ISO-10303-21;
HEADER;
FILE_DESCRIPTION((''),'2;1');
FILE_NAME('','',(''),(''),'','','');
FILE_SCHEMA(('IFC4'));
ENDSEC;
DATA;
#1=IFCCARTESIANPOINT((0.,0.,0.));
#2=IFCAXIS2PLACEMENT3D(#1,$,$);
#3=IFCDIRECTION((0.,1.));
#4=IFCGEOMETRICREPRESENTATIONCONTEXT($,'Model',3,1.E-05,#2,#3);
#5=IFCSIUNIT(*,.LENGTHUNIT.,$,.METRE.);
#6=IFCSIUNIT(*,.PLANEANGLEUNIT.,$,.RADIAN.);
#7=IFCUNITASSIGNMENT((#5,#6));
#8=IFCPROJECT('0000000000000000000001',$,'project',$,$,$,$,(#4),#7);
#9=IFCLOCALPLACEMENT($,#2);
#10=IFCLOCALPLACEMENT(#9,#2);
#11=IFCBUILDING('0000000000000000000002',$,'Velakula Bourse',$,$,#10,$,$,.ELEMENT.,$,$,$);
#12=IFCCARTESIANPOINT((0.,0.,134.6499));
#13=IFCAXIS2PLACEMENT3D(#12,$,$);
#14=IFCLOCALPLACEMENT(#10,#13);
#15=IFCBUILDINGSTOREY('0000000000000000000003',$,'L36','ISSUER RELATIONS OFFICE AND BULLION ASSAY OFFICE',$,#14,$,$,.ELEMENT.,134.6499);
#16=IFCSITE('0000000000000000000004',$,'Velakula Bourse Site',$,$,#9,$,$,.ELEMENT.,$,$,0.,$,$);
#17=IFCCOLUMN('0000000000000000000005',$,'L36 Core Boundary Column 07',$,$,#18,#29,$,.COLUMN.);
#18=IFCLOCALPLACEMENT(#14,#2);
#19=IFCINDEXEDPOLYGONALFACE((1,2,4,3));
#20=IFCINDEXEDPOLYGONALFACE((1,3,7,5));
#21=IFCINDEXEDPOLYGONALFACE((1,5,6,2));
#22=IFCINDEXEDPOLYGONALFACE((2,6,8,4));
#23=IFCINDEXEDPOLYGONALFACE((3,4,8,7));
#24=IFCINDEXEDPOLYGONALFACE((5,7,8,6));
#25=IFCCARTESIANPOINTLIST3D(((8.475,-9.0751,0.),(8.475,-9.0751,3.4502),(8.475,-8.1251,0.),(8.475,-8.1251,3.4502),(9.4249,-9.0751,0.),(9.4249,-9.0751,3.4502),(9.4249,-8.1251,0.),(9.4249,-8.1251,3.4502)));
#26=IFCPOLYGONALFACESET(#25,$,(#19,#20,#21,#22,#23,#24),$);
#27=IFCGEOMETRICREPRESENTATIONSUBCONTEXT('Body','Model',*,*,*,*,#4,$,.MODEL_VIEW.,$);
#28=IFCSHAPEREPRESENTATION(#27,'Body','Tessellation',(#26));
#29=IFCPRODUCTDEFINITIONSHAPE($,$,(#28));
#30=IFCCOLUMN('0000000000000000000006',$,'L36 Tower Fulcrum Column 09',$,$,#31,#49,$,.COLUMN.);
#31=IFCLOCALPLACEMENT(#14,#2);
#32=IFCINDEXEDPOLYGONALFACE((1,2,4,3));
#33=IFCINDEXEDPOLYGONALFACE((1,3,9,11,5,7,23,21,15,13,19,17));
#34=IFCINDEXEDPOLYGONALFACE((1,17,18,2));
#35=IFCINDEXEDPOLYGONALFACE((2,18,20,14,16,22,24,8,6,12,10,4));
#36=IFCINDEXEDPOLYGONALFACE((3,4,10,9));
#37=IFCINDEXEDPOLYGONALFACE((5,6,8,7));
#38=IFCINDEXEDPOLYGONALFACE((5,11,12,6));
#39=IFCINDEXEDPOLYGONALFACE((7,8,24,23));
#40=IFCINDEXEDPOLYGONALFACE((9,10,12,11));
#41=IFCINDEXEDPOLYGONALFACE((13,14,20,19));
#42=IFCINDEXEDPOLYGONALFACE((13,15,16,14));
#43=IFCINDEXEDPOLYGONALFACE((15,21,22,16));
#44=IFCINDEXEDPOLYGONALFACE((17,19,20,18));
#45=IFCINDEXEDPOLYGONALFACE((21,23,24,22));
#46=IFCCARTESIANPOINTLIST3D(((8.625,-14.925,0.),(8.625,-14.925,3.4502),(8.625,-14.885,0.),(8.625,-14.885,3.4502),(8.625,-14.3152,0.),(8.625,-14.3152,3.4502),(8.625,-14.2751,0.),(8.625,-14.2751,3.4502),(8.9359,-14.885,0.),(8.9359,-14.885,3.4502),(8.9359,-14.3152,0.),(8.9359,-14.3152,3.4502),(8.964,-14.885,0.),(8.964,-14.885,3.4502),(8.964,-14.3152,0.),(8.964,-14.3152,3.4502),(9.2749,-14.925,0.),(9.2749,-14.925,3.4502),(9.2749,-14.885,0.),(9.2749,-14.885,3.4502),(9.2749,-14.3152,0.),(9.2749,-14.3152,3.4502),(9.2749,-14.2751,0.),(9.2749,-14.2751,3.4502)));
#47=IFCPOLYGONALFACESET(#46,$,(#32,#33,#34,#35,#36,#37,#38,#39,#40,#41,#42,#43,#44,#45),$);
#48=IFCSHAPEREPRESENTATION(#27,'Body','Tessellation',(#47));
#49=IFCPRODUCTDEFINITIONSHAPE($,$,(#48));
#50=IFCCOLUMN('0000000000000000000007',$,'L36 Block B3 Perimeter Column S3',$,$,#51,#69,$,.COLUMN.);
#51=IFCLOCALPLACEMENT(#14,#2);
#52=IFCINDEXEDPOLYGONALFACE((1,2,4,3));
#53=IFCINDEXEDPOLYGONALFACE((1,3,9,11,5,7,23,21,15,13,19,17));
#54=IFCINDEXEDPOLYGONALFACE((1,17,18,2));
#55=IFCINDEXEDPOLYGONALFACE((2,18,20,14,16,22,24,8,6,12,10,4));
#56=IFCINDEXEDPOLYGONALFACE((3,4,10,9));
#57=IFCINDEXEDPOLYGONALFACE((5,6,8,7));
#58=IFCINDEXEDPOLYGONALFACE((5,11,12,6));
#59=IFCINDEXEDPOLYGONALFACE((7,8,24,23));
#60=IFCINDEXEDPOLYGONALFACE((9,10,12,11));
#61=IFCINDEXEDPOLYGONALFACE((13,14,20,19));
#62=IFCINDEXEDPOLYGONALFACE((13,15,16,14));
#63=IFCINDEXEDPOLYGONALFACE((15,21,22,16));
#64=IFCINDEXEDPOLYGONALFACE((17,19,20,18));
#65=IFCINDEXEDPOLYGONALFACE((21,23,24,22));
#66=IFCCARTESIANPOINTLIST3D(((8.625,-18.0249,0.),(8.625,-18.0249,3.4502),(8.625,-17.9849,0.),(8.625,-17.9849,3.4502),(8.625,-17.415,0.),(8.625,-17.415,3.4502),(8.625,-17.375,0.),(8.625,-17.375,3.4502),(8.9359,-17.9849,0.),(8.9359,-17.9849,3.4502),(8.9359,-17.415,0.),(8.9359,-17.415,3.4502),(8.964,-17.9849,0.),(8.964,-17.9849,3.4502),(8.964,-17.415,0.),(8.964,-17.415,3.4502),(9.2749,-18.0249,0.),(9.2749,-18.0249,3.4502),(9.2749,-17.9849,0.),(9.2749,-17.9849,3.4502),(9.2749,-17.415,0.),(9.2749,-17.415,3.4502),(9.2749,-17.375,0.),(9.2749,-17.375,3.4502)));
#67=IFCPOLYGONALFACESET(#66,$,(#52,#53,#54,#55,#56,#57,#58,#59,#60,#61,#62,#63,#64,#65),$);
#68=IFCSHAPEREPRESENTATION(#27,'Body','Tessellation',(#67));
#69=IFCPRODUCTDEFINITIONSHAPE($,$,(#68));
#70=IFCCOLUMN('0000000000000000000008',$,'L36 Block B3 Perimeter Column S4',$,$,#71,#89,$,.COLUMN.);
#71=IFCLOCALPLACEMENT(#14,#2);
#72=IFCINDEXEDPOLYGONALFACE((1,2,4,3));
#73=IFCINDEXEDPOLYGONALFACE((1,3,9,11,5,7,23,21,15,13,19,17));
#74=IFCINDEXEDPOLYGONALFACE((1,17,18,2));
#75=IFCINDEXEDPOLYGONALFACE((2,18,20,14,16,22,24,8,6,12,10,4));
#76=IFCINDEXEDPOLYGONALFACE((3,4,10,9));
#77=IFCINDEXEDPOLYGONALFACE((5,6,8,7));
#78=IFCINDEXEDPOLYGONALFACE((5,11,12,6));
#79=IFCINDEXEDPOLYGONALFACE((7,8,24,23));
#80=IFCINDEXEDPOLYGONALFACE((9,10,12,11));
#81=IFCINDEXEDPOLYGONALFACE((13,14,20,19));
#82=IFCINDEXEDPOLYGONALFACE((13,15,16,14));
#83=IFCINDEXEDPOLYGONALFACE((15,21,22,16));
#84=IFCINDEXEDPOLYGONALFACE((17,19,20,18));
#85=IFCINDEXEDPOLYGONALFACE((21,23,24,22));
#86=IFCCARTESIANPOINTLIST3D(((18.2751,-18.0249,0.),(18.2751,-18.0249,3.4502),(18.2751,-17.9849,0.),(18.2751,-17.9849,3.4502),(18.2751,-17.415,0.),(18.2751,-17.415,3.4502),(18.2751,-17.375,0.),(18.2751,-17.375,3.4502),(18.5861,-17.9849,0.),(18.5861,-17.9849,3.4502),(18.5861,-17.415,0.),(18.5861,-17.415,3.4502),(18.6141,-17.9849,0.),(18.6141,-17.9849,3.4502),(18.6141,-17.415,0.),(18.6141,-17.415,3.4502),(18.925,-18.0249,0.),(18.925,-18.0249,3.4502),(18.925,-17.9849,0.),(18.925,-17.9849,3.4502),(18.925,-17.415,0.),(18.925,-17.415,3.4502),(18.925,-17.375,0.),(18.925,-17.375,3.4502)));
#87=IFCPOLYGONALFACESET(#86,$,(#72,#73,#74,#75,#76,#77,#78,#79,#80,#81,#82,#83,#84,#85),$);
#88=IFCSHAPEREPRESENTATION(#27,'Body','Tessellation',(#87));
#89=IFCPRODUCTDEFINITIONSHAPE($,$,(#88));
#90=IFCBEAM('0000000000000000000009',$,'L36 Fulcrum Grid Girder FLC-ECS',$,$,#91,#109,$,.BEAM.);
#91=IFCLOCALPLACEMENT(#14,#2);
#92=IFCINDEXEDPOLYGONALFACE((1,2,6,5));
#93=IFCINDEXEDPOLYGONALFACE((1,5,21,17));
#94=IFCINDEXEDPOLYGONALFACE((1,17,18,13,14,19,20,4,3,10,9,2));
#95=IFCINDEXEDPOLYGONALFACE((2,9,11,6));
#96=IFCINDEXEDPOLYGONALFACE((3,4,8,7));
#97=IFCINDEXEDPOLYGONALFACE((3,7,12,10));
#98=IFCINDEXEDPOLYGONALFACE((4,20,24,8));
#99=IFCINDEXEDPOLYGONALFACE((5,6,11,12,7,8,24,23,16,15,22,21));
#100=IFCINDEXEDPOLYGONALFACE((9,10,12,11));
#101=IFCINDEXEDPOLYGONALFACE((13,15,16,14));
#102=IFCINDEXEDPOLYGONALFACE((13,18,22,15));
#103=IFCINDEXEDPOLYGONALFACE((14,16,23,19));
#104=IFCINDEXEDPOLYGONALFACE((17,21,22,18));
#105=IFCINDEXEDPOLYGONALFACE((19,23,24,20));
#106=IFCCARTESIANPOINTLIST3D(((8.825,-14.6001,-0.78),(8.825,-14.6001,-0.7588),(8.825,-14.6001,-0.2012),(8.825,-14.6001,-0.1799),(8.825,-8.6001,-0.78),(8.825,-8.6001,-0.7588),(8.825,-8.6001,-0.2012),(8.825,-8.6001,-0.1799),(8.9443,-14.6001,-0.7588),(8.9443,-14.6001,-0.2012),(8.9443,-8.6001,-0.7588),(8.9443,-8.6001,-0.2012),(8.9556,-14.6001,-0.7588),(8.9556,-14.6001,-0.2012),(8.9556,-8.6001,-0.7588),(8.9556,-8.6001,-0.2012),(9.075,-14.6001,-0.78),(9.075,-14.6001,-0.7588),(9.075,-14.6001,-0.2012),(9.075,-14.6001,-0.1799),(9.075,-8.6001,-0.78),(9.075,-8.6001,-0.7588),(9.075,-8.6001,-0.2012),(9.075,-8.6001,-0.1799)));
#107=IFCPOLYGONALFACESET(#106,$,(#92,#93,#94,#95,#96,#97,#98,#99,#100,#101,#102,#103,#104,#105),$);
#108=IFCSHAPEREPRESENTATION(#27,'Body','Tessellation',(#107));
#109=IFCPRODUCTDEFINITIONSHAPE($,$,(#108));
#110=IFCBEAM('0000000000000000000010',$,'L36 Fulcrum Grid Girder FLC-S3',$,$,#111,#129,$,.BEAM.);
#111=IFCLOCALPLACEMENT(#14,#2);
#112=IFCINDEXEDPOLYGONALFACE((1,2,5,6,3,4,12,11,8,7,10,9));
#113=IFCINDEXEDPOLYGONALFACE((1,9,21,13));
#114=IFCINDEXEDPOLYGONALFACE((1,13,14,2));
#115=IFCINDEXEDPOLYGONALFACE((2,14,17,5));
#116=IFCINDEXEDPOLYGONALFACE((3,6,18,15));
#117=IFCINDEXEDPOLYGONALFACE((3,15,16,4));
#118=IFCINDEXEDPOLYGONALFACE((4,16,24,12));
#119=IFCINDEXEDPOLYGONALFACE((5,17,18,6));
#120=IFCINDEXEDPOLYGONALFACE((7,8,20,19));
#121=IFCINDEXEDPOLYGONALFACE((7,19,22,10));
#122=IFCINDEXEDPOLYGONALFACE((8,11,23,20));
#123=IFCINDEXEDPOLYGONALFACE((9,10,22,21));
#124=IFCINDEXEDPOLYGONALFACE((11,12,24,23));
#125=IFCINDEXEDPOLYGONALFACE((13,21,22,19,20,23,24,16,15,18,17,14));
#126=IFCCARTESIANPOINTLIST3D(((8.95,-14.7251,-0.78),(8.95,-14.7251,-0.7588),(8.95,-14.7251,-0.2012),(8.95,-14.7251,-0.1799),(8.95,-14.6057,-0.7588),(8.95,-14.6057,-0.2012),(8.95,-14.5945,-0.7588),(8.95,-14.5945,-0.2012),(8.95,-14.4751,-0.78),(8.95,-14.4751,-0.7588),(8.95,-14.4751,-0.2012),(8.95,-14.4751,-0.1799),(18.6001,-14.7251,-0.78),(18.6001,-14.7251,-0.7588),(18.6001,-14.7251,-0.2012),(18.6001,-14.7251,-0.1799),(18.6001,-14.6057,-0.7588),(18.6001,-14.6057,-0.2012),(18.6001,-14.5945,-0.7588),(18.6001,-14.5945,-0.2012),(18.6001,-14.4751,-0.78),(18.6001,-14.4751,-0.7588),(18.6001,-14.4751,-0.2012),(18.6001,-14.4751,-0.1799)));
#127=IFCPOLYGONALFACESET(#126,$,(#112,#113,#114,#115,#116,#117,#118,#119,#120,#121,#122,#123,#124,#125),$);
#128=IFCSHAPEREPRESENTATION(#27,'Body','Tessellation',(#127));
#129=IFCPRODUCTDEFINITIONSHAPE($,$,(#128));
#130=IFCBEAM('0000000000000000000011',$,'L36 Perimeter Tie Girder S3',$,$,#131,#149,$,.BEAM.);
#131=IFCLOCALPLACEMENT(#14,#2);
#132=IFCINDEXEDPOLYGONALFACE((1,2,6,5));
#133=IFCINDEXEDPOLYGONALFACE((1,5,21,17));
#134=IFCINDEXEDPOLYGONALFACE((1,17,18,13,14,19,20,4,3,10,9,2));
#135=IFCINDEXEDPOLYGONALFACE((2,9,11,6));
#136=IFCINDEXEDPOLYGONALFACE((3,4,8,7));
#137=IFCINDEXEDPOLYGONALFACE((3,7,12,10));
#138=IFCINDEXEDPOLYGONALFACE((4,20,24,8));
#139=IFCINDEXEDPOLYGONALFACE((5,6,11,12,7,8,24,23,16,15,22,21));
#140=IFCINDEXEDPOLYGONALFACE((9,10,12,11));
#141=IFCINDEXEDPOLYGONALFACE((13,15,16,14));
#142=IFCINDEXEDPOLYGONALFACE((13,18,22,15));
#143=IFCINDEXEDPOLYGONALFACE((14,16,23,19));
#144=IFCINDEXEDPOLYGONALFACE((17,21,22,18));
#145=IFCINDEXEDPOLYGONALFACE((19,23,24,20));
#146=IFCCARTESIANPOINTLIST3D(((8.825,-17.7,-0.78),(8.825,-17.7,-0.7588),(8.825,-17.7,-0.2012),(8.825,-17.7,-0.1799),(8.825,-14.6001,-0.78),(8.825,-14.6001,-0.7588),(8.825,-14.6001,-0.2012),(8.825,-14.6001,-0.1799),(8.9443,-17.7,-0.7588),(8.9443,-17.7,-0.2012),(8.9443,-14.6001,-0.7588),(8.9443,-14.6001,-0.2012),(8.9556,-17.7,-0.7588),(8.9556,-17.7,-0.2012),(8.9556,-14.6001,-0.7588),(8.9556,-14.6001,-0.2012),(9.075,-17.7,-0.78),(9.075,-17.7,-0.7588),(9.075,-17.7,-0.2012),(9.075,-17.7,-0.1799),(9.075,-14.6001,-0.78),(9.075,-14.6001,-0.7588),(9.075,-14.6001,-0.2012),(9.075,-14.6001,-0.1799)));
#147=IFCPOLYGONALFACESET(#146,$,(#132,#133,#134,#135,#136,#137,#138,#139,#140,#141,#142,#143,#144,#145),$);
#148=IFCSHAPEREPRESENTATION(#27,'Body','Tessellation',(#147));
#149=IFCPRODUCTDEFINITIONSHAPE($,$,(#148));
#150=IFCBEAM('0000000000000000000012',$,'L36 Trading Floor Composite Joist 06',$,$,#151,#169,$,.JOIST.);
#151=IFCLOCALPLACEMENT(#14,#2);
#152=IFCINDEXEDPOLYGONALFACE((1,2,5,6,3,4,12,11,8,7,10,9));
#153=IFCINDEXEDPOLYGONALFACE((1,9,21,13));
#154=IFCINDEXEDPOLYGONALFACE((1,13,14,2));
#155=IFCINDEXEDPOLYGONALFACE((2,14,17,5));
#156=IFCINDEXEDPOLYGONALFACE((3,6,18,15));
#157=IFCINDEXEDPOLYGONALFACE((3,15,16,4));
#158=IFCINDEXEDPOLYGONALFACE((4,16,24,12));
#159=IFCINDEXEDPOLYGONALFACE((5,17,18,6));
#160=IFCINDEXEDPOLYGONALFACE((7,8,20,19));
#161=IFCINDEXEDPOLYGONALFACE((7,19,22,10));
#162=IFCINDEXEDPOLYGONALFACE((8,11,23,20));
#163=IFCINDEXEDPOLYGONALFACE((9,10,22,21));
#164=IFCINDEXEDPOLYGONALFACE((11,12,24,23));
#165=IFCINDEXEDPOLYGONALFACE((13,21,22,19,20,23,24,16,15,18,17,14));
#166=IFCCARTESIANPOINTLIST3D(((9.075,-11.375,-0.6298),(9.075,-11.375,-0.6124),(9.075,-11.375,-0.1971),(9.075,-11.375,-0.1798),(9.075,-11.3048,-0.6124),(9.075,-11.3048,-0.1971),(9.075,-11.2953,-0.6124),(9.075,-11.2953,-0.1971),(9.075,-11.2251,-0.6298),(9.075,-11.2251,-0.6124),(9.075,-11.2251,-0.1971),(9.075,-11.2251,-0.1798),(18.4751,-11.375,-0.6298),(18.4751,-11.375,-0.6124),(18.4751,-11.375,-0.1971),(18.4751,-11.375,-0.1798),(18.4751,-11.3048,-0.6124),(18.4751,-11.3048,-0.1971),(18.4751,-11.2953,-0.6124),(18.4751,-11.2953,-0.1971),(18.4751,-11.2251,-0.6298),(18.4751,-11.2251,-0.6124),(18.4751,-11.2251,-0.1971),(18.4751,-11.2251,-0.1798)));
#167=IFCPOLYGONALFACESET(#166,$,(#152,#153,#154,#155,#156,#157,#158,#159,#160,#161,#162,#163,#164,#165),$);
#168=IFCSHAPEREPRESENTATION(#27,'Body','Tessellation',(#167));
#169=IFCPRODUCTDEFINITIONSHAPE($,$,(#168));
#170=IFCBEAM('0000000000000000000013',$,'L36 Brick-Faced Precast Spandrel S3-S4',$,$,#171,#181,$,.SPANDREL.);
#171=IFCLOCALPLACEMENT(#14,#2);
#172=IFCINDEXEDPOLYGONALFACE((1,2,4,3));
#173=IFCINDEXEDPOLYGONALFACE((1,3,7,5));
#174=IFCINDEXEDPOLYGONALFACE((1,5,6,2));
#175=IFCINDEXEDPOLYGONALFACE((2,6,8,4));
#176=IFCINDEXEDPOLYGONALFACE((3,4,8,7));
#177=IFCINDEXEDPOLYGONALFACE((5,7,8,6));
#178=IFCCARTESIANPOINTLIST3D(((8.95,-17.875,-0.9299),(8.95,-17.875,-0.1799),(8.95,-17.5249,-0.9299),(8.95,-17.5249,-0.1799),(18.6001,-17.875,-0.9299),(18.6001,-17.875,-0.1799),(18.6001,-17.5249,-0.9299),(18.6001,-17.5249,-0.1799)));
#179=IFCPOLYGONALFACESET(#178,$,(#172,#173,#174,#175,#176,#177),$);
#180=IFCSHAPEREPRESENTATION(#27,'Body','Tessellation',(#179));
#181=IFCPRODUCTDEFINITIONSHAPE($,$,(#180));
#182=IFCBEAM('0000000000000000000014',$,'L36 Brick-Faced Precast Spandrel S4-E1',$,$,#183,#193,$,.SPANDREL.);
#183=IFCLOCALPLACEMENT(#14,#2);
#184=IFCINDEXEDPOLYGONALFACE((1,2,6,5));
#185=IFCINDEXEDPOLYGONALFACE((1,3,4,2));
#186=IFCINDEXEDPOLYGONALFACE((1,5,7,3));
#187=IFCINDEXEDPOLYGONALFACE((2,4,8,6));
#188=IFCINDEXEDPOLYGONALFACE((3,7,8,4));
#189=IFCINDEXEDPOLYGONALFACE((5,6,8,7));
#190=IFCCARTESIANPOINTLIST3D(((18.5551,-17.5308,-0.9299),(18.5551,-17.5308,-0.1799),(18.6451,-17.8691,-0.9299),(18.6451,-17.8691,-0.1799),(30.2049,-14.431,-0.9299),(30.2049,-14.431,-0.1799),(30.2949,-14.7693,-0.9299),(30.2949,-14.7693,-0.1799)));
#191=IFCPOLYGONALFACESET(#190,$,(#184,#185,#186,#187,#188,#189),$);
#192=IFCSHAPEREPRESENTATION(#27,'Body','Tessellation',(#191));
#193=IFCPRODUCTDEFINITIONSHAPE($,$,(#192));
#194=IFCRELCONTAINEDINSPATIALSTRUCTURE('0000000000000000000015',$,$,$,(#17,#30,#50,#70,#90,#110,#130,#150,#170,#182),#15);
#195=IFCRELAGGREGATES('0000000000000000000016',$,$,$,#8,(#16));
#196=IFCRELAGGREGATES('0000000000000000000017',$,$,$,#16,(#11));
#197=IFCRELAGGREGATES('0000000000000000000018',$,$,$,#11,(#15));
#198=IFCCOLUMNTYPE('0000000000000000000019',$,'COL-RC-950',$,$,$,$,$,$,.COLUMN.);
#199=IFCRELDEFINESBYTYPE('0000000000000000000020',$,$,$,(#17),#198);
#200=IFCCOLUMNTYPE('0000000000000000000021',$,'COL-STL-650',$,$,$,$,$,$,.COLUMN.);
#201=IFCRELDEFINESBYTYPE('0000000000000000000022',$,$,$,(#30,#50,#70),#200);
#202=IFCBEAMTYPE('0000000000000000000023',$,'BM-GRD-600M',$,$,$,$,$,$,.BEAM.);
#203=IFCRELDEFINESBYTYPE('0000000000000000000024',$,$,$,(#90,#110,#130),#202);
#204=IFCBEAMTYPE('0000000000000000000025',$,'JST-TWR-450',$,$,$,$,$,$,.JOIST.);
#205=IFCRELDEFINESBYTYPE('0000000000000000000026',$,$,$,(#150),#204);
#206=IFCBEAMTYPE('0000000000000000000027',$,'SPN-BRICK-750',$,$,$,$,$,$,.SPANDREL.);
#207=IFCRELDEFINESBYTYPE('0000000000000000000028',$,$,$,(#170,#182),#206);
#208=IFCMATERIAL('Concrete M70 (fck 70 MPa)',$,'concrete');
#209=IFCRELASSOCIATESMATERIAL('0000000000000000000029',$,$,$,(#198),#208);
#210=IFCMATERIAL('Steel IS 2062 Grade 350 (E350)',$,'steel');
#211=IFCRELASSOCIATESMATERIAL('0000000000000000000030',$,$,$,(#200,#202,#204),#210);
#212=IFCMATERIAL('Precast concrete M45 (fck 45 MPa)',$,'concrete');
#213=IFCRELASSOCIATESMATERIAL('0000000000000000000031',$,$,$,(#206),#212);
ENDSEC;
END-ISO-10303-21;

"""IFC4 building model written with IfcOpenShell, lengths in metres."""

from ifc_helpers import new_model, si_unit, direction, frame, origin, origin_2d, place, context, subcontext, project, spatial, rectangle, i_section, extrude, material, material_profile, profile_set, type_object, element, save


model = new_model("IFC4")

# Units and contexts
model_context = context("Model", 3, precision=1e-05, world=origin(), true_north=direction((0.0, 1.0)))
body_context = subcontext(model_context, "Body", "Model", "MODEL_VIEW")
ifc_project = project(units=[si_unit("LENGTHUNIT", "METRE"), si_unit("PLANEANGLEUNIT", "RADIAN")], contexts=[model_context])

# Site, building, storey
site_placement = place(None, origin())
site = spatial("IfcSite", under=ifc_project, at=site_placement, Name="Velakula Bourse Site", CompositionType="ELEMENT", RefElevation=0.0)
building_placement = place(site_placement, origin())
building = spatial("IfcBuilding", under=site, at=building_placement, Name="Velakula Bourse", CompositionType="ELEMENT")
storey_placement = place(building_placement, frame((0.0, 0.0, 134.6499)))
storey = spatial("IfcBuildingStorey", under=building, at=storey_placement, Name="L36", Description="ISSUER RELATIONS OFFICE AND BULLION ASSAY OFFICE", CompositionType="ELEMENT", Elevation=134.6499)

# Columns
ifc_material_1 = material(Name="Concrete M70 (fck 70 MPa)", Category="concrete")
ifc_material_profile_1 = material_profile(ifc_material_1, rectangle(XDim=0.95, YDim=0.95, at=origin_2d()), Name="Concrete M70 (fck 70 MPa)")
ifc_profile_set_1 = profile_set([ifc_material_profile_1], Name="Concrete M70 (fck 70 MPa)")
column_type_1 = type_object("IfcColumnType", Name="COL-RC-950", PredefinedType="COLUMN", material=ifc_profile_set_1)
column_placement = place(storey_placement, frame((8.95, -8.6001, 0.0), z_axis=(0.0, 0.0, 1.0), x_axis=(1.0, 0.0, 0.0)))
element("IfcColumn", 1, at=column_placement, inside=storey, type_object=column_type_1, Name="L36 Core Boundary Column 07", PredefinedType="COLUMN", context=body_context, shape_type="SweptSolid", body=[
    extrude(rectangle(XDim=0.95, YDim=0.95, at=origin_2d()), origin(), (0.0, 0.0, 1.0), 3.4502),
])
ifc_material_2 = material(Name="Steel IS 2062 Grade 350 (E350)", Category="steel")
ifc_material_profile_2 = material_profile(ifc_material_2, i_section(OverallWidth=0.6499, OverallDepth=0.6499, WebThickness=0.0281, FlangeThickness=0.04, at=origin_2d()), Name="Steel IS 2062 Grade 350 (E350)")
ifc_profile_set_2 = profile_set([ifc_material_profile_2], Name="Steel IS 2062 Grade 350 (E350)")
column_type_2 = type_object("IfcColumnType", Name="COL-STL-650", PredefinedType="COLUMN", material=ifc_profile_set_2)
for number, where, z_axis, x_axis, name in (
    (2, (8.95, -14.6001, 0.0), (0.0, 0.0, 1.0), (1.0, 0.0, 0.0), "L36 Tower Fulcrum Column 09"),
    (3, (8.95, -17.7, 0.0), (0.0, 0.0, 1.0), (1.0, 0.0, 0.0), "L36 Block B3 Perimeter Column S3"),
    (4, (18.6001, -17.7, 0.0), (0.0, 0.0, 1.0), (1.0, 0.0, 0.0), "L36 Block B3 Perimeter Column S4"),
):
    element("IfcColumn", number, at=place(storey_placement, frame(where, z_axis=z_axis, x_axis=x_axis)), inside=storey, type_object=column_type_2, Name=name, PredefinedType="COLUMN", context=body_context, shape_type="SweptSolid", body=[
        extrude(i_section(OverallWidth=0.6499, OverallDepth=0.6499, WebThickness=0.0281, FlangeThickness=0.04, at=origin_2d()), origin(), (0.0, 0.0, 1.0), 3.4502),
    ])

# Beams
ifc_material_profile_3 = material_profile(ifc_material_2, i_section(OverallWidth=0.25, OverallDepth=0.6001, WebThickness=0.0112, FlangeThickness=0.0212, at=origin_2d()), Name="Steel IS 2062 Grade 350 (E350)")
ifc_profile_set_3 = profile_set([ifc_material_profile_3], Name="Steel IS 2062 Grade 350 (E350)")
beam_type_1 = type_object("IfcBeamType", Name="BM-GRD-600M", PredefinedType="BEAM", material=ifc_profile_set_3)
beam_1_placement = place(storey_placement, frame((8.95, -14.6001, -0.48), z_axis=(0.0, 1.0, 0.0), x_axis=(-1.0, 0.0, 0.0)))
element("IfcBeam", 5, at=beam_1_placement, inside=storey, type_object=beam_type_1, Name="L36 Fulcrum Grid Girder FLC-ECS", PredefinedType="BEAM", context=body_context, shape_type="SweptSolid", body=[
    extrude(i_section(OverallWidth=0.25, OverallDepth=0.6001, WebThickness=0.0112, FlangeThickness=0.0212, at=origin_2d()), origin(), (0.0, 0.0, 1.0), 6.0),
])
beam_2_placement = place(storey_placement, frame((8.95, -14.6001, -0.48), z_axis=(1.0, 0.0, 0.0), x_axis=(0.0, 1.0, 0.0)))
element("IfcBeam", 6, at=beam_2_placement, inside=storey, type_object=beam_type_1, Name="L36 Fulcrum Grid Girder FLC-S3", PredefinedType="BEAM", context=body_context, shape_type="SweptSolid", body=[
    extrude(i_section(OverallWidth=0.25, OverallDepth=0.6001, WebThickness=0.0112, FlangeThickness=0.0212, at=origin_2d()), origin(), (0.0, 0.0, 1.0), 9.6501),
])
beam_3_placement = place(storey_placement, frame((8.95, -14.6001, -0.48), z_axis=(0.0, -1.0, 0.0), x_axis=(1.0, 0.0, 0.0)))
element("IfcBeam", 7, at=beam_3_placement, inside=storey, type_object=beam_type_1, Name="L36 Perimeter Tie Girder S3", PredefinedType="BEAM", context=body_context, shape_type="SweptSolid", body=[
    extrude(i_section(OverallWidth=0.25, OverallDepth=0.6001, WebThickness=0.0112, FlangeThickness=0.0212, at=origin_2d()), origin(), (0.0, 0.0, 1.0), 3.0999),
])
ifc_material_profile_4 = material_profile(ifc_material_2, i_section(OverallWidth=0.1499, OverallDepth=0.45, WebThickness=0.0095, FlangeThickness=0.0173, at=origin_2d()), Name="Steel IS 2062 Grade 350 (E350)")
ifc_profile_set_4 = profile_set([ifc_material_profile_4], Name="Steel IS 2062 Grade 350 (E350)")
beam_type_2 = type_object("IfcBeamType", Name="JST-TWR-450", PredefinedType="JOIST", material=ifc_profile_set_4)
beam_4_placement = place(storey_placement, frame((9.075, -11.3, -0.4048), z_axis=(1.0, 0.0, 0.0), x_axis=(0.0, 1.0, 0.0)))
element("IfcBeam", 8, at=beam_4_placement, inside=storey, type_object=beam_type_2, Name="L36 Trading Floor Composite Joist 06", PredefinedType="JOIST", context=body_context, shape_type="SweptSolid", body=[
    extrude(i_section(OverallWidth=0.1499, OverallDepth=0.45, WebThickness=0.0095, FlangeThickness=0.0173, at=origin_2d()), origin(), (0.0, 0.0, 1.0), 9.4001),
])
ifc_material_3 = material(Name="Precast concrete M45 (fck 45 MPa)", Category="concrete")
ifc_material_profile_5 = material_profile(ifc_material_3, rectangle(XDim=0.3501, YDim=0.75, at=origin_2d()), Name="Precast concrete M45 (fck 45 MPa)")
ifc_profile_set_5 = profile_set([ifc_material_profile_5], Name="Precast concrete M45 (fck 45 MPa)")
beam_type_3 = type_object("IfcBeamType", Name="SPN-BRICK-750", PredefinedType="SPANDREL", material=ifc_profile_set_5)
beam_5_placement = place(storey_placement, frame((8.95, -17.7, -0.5549), z_axis=(1.0, 0.0, 0.0), x_axis=(0.0, 1.0, 0.0)))
element("IfcBeam", 9, at=beam_5_placement, inside=storey, type_object=beam_type_3, Name="L36 Brick-Faced Precast Spandrel S3-S4", PredefinedType="SPANDREL", context=body_context, shape_type="SweptSolid", body=[
    extrude(rectangle(XDim=0.3501, YDim=0.75, at=origin_2d()), origin(), (0.0, 0.0, 1.0), 9.6501),
])
beam_6_placement = place(storey_placement, frame((18.6001, -17.7, -0.5549), z_axis=(0.966375, 0.257137, 0.0), x_axis=(-0.257137, 0.966375, 0.0)))
element("IfcBeam", 10, at=beam_6_placement, inside=storey, type_object=beam_type_3, Name="L36 Brick-Faced Precast Spandrel S4-E1", PredefinedType="SPANDREL", context=body_context, shape_type="SweptSolid", body=[
    extrude(rectangle(XDim=0.3501, YDim=0.75, at=origin_2d()), origin(), (0.0, 0.0, 1.0), 12.0552),
])

save(model, "model.ifc")
